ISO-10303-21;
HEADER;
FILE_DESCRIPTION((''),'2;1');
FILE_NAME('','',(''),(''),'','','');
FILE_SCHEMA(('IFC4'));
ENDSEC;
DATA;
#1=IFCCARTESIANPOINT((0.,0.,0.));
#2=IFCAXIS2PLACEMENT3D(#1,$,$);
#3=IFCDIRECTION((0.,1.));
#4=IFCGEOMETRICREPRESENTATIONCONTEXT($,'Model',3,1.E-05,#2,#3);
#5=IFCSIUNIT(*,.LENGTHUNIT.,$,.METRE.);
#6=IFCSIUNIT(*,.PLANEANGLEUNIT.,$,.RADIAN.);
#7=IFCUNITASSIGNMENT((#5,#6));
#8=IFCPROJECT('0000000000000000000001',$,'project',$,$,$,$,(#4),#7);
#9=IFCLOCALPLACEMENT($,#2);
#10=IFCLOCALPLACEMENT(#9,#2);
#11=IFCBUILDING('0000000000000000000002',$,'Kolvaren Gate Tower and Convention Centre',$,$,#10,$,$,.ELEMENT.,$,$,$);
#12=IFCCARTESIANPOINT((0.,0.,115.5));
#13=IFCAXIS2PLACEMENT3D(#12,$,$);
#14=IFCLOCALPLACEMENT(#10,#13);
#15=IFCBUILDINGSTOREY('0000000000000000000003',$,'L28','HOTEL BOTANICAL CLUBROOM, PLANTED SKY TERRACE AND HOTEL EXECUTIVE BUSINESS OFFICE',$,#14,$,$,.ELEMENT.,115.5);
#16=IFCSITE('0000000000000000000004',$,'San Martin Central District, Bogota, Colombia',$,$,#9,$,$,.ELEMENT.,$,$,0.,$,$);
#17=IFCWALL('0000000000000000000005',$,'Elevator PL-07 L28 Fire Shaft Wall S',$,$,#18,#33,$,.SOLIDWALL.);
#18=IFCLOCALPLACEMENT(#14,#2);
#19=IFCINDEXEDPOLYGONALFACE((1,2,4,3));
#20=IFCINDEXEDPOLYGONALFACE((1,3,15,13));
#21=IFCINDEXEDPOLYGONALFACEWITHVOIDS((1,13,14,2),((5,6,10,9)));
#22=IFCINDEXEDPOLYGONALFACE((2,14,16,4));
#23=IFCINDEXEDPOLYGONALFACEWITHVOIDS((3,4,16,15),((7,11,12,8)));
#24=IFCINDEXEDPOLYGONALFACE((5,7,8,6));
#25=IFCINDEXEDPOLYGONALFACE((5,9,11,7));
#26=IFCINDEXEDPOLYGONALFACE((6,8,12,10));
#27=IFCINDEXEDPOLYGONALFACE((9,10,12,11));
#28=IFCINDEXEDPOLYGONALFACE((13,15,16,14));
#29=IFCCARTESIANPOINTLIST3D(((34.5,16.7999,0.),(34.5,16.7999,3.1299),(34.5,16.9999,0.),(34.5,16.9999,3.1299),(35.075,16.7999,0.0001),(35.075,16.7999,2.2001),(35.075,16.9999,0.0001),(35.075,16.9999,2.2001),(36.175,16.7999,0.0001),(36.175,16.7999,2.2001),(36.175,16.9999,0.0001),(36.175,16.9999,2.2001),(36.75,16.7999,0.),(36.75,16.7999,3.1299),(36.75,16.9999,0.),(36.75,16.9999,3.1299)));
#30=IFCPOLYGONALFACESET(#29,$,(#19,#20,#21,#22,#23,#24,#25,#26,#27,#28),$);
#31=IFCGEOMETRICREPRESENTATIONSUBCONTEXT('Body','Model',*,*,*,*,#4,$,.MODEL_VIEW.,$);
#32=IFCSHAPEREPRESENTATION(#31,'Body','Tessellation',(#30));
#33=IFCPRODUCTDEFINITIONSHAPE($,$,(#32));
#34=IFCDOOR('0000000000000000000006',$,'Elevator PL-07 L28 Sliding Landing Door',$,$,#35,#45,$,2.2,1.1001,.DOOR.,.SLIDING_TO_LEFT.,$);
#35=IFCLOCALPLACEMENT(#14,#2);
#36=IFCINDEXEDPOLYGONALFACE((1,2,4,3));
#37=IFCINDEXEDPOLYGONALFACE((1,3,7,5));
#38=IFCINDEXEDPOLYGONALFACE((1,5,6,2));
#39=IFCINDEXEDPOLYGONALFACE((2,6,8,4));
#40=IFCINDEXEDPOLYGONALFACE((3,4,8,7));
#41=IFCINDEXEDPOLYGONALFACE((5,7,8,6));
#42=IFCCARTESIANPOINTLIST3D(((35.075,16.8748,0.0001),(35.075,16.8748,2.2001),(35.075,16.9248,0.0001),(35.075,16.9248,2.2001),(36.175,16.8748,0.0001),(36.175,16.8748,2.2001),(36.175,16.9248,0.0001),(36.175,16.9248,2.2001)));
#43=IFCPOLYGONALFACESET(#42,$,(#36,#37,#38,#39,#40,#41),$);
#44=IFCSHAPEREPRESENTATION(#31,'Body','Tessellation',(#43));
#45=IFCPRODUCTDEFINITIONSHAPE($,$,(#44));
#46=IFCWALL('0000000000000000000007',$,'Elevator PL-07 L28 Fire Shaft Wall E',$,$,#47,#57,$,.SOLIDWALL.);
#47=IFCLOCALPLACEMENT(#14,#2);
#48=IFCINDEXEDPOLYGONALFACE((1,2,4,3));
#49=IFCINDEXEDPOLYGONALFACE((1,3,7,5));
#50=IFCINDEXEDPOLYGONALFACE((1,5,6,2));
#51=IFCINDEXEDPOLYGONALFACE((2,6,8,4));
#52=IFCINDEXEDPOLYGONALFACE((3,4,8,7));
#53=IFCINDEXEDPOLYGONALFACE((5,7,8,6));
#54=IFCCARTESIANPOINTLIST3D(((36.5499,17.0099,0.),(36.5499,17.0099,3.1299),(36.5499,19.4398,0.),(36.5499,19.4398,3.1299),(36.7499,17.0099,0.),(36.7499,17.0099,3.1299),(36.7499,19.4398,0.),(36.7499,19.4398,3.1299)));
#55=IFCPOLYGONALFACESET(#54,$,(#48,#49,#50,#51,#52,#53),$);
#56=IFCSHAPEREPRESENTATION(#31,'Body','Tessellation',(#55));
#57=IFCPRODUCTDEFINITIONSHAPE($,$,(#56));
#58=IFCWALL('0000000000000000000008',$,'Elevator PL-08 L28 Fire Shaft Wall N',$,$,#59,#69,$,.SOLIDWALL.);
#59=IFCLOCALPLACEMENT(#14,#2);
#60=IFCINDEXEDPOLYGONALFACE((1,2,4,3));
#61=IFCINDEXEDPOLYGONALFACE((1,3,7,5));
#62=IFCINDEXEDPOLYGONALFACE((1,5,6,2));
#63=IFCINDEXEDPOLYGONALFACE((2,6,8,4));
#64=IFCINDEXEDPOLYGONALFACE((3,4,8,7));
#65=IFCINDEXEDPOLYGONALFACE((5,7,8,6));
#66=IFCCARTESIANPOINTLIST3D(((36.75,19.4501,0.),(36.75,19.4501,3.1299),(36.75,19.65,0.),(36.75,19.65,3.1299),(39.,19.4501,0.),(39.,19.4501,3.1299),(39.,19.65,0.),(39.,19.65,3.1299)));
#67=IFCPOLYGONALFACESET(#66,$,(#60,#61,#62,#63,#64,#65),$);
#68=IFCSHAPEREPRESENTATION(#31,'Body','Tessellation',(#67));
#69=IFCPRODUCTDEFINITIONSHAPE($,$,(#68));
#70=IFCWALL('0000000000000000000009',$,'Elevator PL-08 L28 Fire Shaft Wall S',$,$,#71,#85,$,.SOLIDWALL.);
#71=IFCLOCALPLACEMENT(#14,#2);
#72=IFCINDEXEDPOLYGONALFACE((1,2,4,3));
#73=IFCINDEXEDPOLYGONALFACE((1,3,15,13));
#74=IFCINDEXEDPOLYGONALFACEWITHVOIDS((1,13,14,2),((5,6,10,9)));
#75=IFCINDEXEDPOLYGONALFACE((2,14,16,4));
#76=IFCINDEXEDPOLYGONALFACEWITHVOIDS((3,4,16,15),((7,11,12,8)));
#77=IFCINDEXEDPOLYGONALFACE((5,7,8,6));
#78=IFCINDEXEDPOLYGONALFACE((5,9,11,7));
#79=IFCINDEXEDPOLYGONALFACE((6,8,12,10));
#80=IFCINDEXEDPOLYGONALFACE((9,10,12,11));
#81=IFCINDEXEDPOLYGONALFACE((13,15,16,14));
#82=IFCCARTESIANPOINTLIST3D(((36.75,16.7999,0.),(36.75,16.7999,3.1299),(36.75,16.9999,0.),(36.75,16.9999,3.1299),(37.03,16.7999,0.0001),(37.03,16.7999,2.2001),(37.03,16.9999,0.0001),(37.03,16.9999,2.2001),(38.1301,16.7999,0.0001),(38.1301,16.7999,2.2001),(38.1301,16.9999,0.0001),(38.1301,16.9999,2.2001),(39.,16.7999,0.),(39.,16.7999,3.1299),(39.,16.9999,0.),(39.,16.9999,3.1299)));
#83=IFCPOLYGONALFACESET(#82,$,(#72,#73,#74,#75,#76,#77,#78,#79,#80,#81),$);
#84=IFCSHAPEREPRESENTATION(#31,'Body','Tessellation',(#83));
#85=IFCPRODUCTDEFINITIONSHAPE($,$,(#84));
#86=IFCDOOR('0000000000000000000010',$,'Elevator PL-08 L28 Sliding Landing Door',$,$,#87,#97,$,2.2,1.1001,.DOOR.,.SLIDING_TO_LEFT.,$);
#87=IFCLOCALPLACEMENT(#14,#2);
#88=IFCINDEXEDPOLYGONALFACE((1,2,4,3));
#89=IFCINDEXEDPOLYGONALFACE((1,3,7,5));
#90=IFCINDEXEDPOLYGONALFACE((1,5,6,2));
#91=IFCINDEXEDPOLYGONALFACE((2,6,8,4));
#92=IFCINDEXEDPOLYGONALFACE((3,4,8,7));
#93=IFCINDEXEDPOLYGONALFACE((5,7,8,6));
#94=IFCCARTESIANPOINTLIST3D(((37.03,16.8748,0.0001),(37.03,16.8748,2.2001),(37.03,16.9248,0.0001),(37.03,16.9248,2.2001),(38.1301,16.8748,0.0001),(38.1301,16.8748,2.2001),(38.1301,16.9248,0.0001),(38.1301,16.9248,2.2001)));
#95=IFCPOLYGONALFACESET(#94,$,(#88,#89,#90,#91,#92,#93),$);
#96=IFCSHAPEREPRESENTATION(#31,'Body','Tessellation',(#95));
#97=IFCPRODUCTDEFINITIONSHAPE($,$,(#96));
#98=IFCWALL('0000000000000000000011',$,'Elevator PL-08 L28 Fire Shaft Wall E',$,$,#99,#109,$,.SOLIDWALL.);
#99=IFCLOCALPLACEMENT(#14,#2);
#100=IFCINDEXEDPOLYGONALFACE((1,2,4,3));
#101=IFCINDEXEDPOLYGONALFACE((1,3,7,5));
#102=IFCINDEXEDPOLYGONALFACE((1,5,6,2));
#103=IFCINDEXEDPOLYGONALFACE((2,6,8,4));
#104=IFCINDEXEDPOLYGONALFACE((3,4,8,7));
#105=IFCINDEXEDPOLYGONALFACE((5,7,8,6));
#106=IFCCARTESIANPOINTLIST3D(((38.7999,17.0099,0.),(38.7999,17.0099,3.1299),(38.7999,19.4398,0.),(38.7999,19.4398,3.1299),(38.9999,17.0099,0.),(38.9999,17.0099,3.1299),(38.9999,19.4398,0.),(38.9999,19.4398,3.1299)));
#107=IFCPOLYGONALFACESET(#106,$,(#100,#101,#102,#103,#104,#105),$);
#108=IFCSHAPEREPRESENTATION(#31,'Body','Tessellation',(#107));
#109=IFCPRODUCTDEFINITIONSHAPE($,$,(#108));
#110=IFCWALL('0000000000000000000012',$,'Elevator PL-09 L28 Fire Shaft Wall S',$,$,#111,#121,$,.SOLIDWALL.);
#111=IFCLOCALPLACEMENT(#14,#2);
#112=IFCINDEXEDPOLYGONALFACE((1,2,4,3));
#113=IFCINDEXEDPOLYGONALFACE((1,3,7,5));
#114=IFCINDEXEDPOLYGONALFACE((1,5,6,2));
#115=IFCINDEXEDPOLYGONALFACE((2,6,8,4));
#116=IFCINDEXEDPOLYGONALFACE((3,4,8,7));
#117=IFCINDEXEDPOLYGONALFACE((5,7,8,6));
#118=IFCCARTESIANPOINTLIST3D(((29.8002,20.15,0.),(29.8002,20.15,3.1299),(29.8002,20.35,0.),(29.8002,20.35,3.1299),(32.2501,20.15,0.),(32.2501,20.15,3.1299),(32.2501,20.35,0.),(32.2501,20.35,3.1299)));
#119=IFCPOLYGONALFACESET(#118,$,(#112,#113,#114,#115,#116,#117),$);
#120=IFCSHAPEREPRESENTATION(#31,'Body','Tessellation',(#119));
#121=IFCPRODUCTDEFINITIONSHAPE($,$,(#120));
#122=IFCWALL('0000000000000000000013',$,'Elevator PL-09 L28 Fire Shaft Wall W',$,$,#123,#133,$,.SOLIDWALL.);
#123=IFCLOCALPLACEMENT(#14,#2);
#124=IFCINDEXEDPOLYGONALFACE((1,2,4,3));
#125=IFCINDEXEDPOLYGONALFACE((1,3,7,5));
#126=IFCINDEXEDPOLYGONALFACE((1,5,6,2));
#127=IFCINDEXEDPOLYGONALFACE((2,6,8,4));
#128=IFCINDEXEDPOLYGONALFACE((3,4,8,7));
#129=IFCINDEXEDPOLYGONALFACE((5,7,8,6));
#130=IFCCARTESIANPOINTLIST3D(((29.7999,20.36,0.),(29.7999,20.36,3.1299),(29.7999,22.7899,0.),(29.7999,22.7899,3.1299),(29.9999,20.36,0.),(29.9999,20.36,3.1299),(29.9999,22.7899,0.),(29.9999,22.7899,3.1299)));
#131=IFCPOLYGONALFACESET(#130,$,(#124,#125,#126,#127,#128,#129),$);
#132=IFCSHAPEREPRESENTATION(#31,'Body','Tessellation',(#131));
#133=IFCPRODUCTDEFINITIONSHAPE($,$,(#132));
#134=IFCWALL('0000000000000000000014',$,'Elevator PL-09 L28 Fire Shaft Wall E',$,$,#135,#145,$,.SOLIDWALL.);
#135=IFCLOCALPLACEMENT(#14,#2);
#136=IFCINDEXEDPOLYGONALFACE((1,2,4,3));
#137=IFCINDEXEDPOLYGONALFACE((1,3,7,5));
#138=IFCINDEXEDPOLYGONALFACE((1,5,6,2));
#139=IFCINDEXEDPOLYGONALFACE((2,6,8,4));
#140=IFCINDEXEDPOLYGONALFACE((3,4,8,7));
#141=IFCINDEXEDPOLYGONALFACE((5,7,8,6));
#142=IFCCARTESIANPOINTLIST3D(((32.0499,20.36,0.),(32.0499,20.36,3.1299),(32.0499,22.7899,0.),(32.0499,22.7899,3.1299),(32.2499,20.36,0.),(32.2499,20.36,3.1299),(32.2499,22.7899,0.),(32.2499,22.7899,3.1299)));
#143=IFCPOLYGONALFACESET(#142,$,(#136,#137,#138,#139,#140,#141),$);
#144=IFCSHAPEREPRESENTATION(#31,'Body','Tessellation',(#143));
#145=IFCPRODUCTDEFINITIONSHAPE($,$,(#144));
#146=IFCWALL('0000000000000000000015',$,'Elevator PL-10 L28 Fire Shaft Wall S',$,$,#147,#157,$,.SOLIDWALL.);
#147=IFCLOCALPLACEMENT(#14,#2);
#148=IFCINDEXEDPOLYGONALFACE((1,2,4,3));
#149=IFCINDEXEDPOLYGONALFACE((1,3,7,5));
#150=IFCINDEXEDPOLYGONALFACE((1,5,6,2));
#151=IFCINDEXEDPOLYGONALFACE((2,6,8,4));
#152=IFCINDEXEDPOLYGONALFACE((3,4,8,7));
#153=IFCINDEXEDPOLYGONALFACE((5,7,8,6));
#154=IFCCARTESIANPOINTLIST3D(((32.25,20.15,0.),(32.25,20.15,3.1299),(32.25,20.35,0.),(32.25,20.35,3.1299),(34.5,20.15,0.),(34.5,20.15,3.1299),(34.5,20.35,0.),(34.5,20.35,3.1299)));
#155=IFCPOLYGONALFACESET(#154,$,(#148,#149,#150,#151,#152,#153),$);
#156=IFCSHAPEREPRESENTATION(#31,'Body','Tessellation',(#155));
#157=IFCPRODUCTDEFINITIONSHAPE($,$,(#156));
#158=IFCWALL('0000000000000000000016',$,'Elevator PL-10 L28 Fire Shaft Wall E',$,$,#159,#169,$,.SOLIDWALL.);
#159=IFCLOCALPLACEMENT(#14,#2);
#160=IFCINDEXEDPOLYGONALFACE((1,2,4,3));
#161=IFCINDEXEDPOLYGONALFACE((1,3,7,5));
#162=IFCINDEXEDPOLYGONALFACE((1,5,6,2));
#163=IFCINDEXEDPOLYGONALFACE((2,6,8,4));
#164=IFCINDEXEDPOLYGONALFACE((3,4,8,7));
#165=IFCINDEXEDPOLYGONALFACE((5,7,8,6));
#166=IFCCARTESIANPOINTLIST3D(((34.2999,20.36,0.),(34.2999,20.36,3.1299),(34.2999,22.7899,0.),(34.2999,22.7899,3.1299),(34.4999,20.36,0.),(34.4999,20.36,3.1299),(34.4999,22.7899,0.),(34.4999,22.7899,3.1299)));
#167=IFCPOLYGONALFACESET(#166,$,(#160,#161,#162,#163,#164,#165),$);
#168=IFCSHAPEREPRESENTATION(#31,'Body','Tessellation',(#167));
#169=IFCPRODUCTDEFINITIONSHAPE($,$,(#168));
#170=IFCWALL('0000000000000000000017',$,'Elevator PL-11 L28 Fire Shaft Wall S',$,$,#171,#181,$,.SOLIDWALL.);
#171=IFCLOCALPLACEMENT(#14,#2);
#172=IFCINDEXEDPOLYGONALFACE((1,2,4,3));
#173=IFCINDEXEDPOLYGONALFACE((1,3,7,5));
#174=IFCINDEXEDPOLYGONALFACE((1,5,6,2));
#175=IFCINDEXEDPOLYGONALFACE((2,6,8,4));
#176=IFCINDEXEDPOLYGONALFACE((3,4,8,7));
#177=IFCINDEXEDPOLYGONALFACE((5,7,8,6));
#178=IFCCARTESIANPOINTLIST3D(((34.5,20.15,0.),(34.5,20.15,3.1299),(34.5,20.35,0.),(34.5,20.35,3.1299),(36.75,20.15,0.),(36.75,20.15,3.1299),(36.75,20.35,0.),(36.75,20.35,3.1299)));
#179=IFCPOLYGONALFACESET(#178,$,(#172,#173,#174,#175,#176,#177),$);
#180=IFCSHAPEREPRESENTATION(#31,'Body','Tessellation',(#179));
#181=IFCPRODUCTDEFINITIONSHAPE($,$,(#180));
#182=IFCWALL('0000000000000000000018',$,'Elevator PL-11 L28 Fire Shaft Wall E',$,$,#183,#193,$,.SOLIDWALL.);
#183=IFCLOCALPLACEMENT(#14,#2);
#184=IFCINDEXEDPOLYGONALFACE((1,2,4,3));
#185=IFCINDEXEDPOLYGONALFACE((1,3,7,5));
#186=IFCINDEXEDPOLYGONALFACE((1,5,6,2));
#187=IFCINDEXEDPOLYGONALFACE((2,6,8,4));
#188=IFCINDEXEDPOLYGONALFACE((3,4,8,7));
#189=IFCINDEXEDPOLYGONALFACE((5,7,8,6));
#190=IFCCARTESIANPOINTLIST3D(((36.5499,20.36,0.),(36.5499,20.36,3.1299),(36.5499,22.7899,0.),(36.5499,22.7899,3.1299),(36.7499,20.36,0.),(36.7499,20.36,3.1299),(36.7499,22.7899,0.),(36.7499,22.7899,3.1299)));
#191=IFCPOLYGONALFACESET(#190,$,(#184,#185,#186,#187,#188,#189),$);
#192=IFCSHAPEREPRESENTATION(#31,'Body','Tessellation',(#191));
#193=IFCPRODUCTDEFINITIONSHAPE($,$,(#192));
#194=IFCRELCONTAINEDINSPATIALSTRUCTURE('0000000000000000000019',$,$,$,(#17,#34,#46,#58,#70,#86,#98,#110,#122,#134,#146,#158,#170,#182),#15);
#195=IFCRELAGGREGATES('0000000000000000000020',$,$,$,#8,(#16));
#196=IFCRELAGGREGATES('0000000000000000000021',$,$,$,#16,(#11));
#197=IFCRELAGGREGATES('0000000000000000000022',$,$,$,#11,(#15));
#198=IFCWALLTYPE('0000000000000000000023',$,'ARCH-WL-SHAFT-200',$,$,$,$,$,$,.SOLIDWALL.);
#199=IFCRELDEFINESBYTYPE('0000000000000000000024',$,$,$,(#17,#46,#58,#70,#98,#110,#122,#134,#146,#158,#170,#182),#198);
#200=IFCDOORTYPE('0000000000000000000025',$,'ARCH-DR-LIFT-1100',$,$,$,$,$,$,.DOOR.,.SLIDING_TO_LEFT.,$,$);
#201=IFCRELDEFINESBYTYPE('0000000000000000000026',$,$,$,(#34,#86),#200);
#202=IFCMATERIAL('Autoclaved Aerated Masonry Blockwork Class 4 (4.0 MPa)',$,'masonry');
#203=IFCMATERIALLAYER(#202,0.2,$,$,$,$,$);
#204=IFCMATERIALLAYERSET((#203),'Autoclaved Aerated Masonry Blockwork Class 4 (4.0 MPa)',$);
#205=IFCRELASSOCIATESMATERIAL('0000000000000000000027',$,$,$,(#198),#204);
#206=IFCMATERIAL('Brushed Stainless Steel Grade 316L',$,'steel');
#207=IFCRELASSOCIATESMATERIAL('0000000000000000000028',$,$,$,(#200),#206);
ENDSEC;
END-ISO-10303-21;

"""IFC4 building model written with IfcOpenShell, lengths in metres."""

from ifc_helpers import new_model, si_unit, direction, frame, frame_2d, origin, place, context, subcontext, project, spatial, rectangle, extrude, material, layer, layer_set, type_object, element, fill, save


model = new_model("IFC4")

# Units and contexts
model_context = context("Model", 3, precision=1e-05, world=origin(), true_north=direction((0.0, 1.0)))
body_context = subcontext(model_context, "Body", "Model", "MODEL_VIEW")
ifc_project = project(units=[si_unit("LENGTHUNIT", "METRE"), si_unit("PLANEANGLEUNIT", "RADIAN")], contexts=[model_context])

# Site, building, storey
site_placement = place(None, origin())
site = spatial("IfcSite", under=ifc_project, at=site_placement, Name="San Martin Central District, Bogota, Colombia", CompositionType="ELEMENT", RefElevation=0.0)
building_placement = place(site_placement, origin())
building = spatial("IfcBuilding", under=site, at=building_placement, Name="Kolvaren Gate Tower and Convention Centre", CompositionType="ELEMENT")
storey_placement = place(building_placement, frame((0.0, 0.0, 115.5)))
storey = spatial("IfcBuildingStorey", under=building, at=storey_placement, Name="L28", Description="HOTEL BOTANICAL CLUBROOM, PLANTED SKY TERRACE AND HOTEL EXECUTIVE BUSINESS OFFICE", CompositionType="ELEMENT", Elevation=115.5)

# Shared definitions
ifc_material_1 = material(Name="Autoclaved Aerated Masonry Blockwork Class 4 (4.0 MPa)", Category="masonry")
ifc_layer_1 = layer(ifc_material_1, 0.2)
ifc_layer_set_1 = layer_set([ifc_layer_1], Name="Autoclaved Aerated Masonry Blockwork Class 4 (4.0 MPa)")
wall_type_1 = type_object("IfcWallType", Name="ARCH-WL-SHAFT-200", PredefinedType="SOLIDWALL", material=ifc_layer_set_1)

# Shared definitions
ifc_material_2 = material(Name="Brushed Stainless Steel Grade 316L", Category="steel")
door_type_1 = type_object("IfcDoorType", Name="ARCH-DR-LIFT-1100", OperationType="SLIDING_TO_LEFT", PredefinedType="DOOR", material=ifc_material_2)

# Wall, opening, door
wall_1_placement = place(storey_placement, frame((34.5, 16.8999, 0.0), z_axis=(0.0, 0.0, 1.0), x_axis=(1.0, 0.0, 0.0)))
wall_1 = element("IfcWall", 1, at=wall_1_placement, inside=storey, type_object=wall_type_1, Name="Elevator PL-07 L28 Fire Shaft Wall S", PredefinedType="SOLIDWALL", context=body_context, shape_type="SweptSolid", body=[
    extrude(rectangle(XDim=2.25, YDim=0.2, at=frame_2d((1.125, 0.0))), origin(), (0.0, 0.0, 1.0), 3.1299),
])
opening_1_placement = place(wall_1_placement, frame((0.575, 0.0, 0.0)))
opening_1 = element("IfcOpeningElement", 2, at=opening_1_placement, cuts=wall_1, PredefinedType="OPENING", context=body_context, shape_type="SweptSolid", body=[
    extrude(rectangle(XDim=1.1001, YDim=2.2, at=frame_2d((0.55, 1.1001))), frame((0.0, 0.1099, 0.0), z_axis=(0.0, -1.0, 0.0), x_axis=(1.0, 0.0, 0.0)), (0.0, 0.0, 1.0), 0.22),
])
door_1_placement = place(opening_1_placement, origin())
door_1 = element("IfcDoor", 3, at=door_1_placement, inside=storey, type_object=door_type_1, Name="Elevator PL-07 L28 Sliding Landing Door", OperationType="SLIDING_TO_LEFT", OverallHeight=2.2, OverallWidth=1.1001, PredefinedType="DOOR", context=body_context, shape_type="SweptSolid", body=[
    extrude(rectangle(XDim=1.1001, YDim=2.2, at=frame_2d((0.55, 1.1001))), frame((0.0, 0.0249, 0.0), z_axis=(0.0, -1.0, 0.0), x_axis=(1.0, 0.0, 0.0)), (0.0, 0.0, 1.0), 0.05),
])
fill(opening_1, door_1)

# Walls
wall_2_placement = place(storey_placement, frame((36.6499, 17.01, 0.0), z_axis=(0.0, 0.0, 1.0), x_axis=(0.0, 1.0, 0.0)))
element("IfcWall", 4, at=wall_2_placement, inside=storey, type_object=wall_type_1, Name="Elevator PL-07 L28 Fire Shaft Wall E", PredefinedType="SOLIDWALL", context=body_context, shape_type="SweptSolid", body=[
    extrude(rectangle(XDim=2.4299, YDim=0.2, at=frame_2d((1.2148, 0.0))), origin(), (0.0, 0.0, 1.0), 3.1299),
])
wall_3_placement = place(storey_placement, frame((36.75, 19.55, 0.0), z_axis=(0.0, 0.0, 1.0), x_axis=(1.0, 0.0, 0.0)))
element("IfcWall", 5, at=wall_3_placement, inside=storey, type_object=wall_type_1, Name="Elevator PL-08 L28 Fire Shaft Wall N", PredefinedType="SOLIDWALL", context=body_context, shape_type="SweptSolid", body=[
    extrude(rectangle(XDim=2.25, YDim=0.2, at=frame_2d((1.125, 0.0))), origin(), (0.0, 0.0, 1.0), 3.1299),
])

# Wall, opening, door
wall_4_placement = place(storey_placement, frame((36.75, 16.8999, 0.0), z_axis=(0.0, 0.0, 1.0), x_axis=(1.0, 0.0, 0.0)))
wall_4 = element("IfcWall", 6, at=wall_4_placement, inside=storey, type_object=wall_type_1, Name="Elevator PL-08 L28 Fire Shaft Wall S", PredefinedType="SOLIDWALL", context=body_context, shape_type="SweptSolid", body=[
    extrude(rectangle(XDim=2.25, YDim=0.2, at=frame_2d((1.125, 0.0))), origin(), (0.0, 0.0, 1.0), 3.1299),
])
opening_2_placement = place(wall_4_placement, frame((0.28, 0.0, 0.0)))
opening_2 = element("IfcOpeningElement", 7, at=opening_2_placement, cuts=wall_4, PredefinedType="OPENING", context=body_context, shape_type="SweptSolid", body=[
    extrude(rectangle(XDim=1.1001, YDim=2.2, at=frame_2d((0.55, 1.1001))), frame((0.0, 0.1099, 0.0), z_axis=(0.0, -1.0, 0.0), x_axis=(1.0, 0.0, 0.0)), (0.0, 0.0, 1.0), 0.22),
])
door_2_placement = place(opening_2_placement, origin())
door_2 = element("IfcDoor", 8, at=door_2_placement, inside=storey, type_object=door_type_1, Name="Elevator PL-08 L28 Sliding Landing Door", OperationType="SLIDING_TO_LEFT", OverallHeight=2.2, OverallWidth=1.1001, PredefinedType="DOOR", context=body_context, shape_type="SweptSolid", body=[
    extrude(rectangle(XDim=1.1001, YDim=2.2, at=frame_2d((0.55, 1.1001))), frame((0.0, 0.0249, 0.0), z_axis=(0.0, -1.0, 0.0), x_axis=(1.0, 0.0, 0.0)), (0.0, 0.0, 1.0), 0.05),
])
fill(opening_2, door_2)

# Walls
wall_5_placement = place(storey_placement, frame((38.8999, 17.01, 0.0), z_axis=(0.0, 0.0, 1.0), x_axis=(0.0, 1.0, 0.0)))
element("IfcWall", 9, at=wall_5_placement, inside=storey, type_object=wall_type_1, Name="Elevator PL-08 L28 Fire Shaft Wall E", PredefinedType="SOLIDWALL", context=body_context, shape_type="SweptSolid", body=[
    extrude(rectangle(XDim=2.4299, YDim=0.2, at=frame_2d((1.2148, 0.0))), origin(), (0.0, 0.0, 1.0), 3.1299),
])
wall_6_placement = place(storey_placement, frame((29.8, 20.25, 0.0), z_axis=(0.0, 0.0, 1.0), x_axis=(1.0, 0.0, 0.0)))
element("IfcWall", 10, at=wall_6_placement, inside=storey, type_object=wall_type_1, Name="Elevator PL-09 L28 Fire Shaft Wall S", PredefinedType="SOLIDWALL", context=body_context, shape_type="SweptSolid", body=[
    extrude(rectangle(XDim=2.45, YDim=0.2, at=frame_2d((1.2251, 0.0))), origin(), (0.0, 0.0, 1.0), 3.1299),
])
for number, where, z_axis, x_axis, name in (
    (11, (29.8999, 20.3601, 0.0), (0.0, 0.0, 1.0), (0.0, 1.0, 0.0), "Elevator PL-09 L28 Fire Shaft Wall W"),
    (12, (32.1499, 20.3601, 0.0), (0.0, 0.0, 1.0), (0.0, 1.0, 0.0), "Elevator PL-09 L28 Fire Shaft Wall E"),
):
    element("IfcWall", number, at=place(storey_placement, frame(where, z_axis=z_axis, x_axis=x_axis)), inside=storey, type_object=wall_type_1, Name=name, PredefinedType="SOLIDWALL", context=body_context, shape_type="SweptSolid", body=[
        extrude(rectangle(XDim=2.4299, YDim=0.2, at=frame_2d((1.2148, 0.0))), origin(), (0.0, 0.0, 1.0), 3.1299),
    ])
wall_7_placement = place(storey_placement, frame((32.25, 20.25, 0.0), z_axis=(0.0, 0.0, 1.0), x_axis=(1.0, 0.0, 0.0)))
element("IfcWall", 13, at=wall_7_placement, inside=storey, type_object=wall_type_1, Name="Elevator PL-10 L28 Fire Shaft Wall S", PredefinedType="SOLIDWALL", context=body_context, shape_type="SweptSolid", body=[
    extrude(rectangle(XDim=2.25, YDim=0.2, at=frame_2d((1.125, 0.0))), origin(), (0.0, 0.0, 1.0), 3.1299),
])
wall_8_placement = place(storey_placement, frame((34.3999, 20.3601, 0.0), z_axis=(0.0, 0.0, 1.0), x_axis=(0.0, 1.0, 0.0)))
element("IfcWall", 14, at=wall_8_placement, inside=storey, type_object=wall_type_1, Name="Elevator PL-10 L28 Fire Shaft Wall E", PredefinedType="SOLIDWALL", context=body_context, shape_type="SweptSolid", body=[
    extrude(rectangle(XDim=2.4299, YDim=0.2, at=frame_2d((1.2148, 0.0))), origin(), (0.0, 0.0, 1.0), 3.1299),
])
wall_9_placement = place(storey_placement, frame((34.5, 20.25, 0.0), z_axis=(0.0, 0.0, 1.0), x_axis=(1.0, 0.0, 0.0)))
element("IfcWall", 15, at=wall_9_placement, inside=storey, type_object=wall_type_1, Name="Elevator PL-11 L28 Fire Shaft Wall S", PredefinedType="SOLIDWALL", context=body_context, shape_type="SweptSolid", body=[
    extrude(rectangle(XDim=2.25, YDim=0.2, at=frame_2d((1.125, 0.0))), origin(), (0.0, 0.0, 1.0), 3.1299),
])
wall_10_placement = place(storey_placement, frame((36.6499, 20.3601, 0.0), z_axis=(0.0, 0.0, 1.0), x_axis=(0.0, 1.0, 0.0)))
element("IfcWall", 16, at=wall_10_placement, inside=storey, type_object=wall_type_1, Name="Elevator PL-11 L28 Fire Shaft Wall E", PredefinedType="SOLIDWALL", context=body_context, shape_type="SweptSolid", body=[
    extrude(rectangle(XDim=2.4299, YDim=0.2, at=frame_2d((1.2148, 0.0))), origin(), (0.0, 0.0, 1.0), 3.1299),
])

save(model, "model.ifc")
